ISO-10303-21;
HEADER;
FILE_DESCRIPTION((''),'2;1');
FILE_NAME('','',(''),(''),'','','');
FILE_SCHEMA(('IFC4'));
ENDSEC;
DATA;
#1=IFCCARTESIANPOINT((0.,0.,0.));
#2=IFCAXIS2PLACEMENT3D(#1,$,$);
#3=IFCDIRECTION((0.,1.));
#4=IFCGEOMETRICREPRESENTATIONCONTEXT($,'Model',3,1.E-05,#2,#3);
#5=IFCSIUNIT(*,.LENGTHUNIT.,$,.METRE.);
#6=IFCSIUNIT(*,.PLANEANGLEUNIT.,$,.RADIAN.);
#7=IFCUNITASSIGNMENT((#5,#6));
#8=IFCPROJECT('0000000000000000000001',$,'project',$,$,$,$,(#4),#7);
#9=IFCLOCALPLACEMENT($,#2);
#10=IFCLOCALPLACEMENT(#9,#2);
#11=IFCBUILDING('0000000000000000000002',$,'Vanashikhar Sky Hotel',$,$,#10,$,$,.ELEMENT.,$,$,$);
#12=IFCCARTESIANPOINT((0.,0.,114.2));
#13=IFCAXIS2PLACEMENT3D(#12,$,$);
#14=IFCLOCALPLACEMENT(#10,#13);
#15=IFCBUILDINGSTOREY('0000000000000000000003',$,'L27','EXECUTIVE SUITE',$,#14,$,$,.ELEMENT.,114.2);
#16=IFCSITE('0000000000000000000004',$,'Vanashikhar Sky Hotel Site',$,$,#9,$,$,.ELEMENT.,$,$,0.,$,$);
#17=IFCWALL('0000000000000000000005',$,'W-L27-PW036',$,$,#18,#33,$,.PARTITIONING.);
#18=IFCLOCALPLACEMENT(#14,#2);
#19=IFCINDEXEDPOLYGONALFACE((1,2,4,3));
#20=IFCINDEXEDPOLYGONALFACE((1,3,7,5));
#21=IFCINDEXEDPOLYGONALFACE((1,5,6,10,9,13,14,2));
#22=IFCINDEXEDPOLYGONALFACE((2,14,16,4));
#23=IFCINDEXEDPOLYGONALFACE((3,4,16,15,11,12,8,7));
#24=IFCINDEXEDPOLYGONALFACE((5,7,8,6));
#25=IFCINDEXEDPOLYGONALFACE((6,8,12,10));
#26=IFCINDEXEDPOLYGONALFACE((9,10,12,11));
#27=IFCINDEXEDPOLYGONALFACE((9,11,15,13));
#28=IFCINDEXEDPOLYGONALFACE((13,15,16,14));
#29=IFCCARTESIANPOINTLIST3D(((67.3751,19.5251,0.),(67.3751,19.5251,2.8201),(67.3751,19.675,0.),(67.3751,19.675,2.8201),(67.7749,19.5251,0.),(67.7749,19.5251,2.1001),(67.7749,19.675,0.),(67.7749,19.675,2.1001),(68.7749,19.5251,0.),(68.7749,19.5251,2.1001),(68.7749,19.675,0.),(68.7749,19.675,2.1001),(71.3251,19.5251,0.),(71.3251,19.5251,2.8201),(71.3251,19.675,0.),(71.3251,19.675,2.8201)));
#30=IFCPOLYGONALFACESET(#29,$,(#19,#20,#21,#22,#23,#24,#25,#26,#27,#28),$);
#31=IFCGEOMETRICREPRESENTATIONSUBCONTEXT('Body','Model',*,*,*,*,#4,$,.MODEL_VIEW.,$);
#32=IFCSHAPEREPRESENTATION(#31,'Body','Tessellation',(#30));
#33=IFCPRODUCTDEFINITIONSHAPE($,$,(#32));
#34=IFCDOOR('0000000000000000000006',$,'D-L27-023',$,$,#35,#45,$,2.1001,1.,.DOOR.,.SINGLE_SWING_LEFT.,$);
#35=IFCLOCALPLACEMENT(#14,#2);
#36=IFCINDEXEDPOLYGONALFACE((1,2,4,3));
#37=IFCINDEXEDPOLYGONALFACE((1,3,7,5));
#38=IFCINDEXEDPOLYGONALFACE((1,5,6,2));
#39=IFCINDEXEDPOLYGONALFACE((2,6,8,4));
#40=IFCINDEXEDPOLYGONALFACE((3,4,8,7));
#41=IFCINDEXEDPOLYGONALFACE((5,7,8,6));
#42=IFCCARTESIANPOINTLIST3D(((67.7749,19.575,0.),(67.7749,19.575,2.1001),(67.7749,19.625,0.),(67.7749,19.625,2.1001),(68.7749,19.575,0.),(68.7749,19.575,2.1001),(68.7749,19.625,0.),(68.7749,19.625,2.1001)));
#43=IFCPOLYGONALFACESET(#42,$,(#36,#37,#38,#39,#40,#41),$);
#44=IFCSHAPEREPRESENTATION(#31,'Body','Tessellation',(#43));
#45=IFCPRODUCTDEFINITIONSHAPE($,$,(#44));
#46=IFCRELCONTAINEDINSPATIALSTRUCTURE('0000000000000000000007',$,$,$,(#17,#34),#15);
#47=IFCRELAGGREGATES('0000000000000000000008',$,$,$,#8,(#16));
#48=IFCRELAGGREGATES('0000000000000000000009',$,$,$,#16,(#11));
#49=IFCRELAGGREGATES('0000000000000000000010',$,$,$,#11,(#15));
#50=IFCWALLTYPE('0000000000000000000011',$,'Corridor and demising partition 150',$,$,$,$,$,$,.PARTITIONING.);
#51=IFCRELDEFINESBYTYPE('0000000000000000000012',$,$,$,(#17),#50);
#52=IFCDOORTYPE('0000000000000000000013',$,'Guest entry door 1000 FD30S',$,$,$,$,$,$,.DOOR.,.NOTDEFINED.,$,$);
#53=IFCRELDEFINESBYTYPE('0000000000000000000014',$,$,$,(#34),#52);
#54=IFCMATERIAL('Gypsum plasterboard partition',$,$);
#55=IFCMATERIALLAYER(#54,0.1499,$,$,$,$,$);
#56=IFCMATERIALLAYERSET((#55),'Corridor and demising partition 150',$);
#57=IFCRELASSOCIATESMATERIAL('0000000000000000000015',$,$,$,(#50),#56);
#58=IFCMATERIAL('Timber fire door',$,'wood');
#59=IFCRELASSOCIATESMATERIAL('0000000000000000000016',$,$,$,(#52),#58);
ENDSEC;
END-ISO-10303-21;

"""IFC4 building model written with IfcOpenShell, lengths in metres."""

from ifc_helpers import new_model, si_unit, direction, frame, frame_2d, origin, place, context, subcontext, project, spatial, rectangle, extrude, source, transform, mapped, material, layer, layer_set, type_object, element, fill, save


model = new_model("IFC4")

# Units and contexts
model_context = context("Model", 3, precision=1e-05, world=origin(), true_north=direction((0.0, 1.0)))
body_context = subcontext(model_context, "Body", "Model", "MODEL_VIEW")
ifc_project = project(units=[si_unit("LENGTHUNIT", "METRE"), si_unit("PLANEANGLEUNIT", "RADIAN")], contexts=[model_context])

# Site, building, storey
site_placement = place(None, origin())
site = spatial("IfcSite", under=ifc_project, at=site_placement, Name="Vanashikhar Sky Hotel Site", CompositionType="ELEMENT", RefElevation=0.0)
building_placement = place(site_placement, origin())
building = spatial("IfcBuilding", under=site, at=building_placement, Name="Vanashikhar Sky Hotel", CompositionType="ELEMENT")
storey_placement = place(building_placement, frame((0.0, 0.0, 114.2)))
storey = spatial("IfcBuildingStorey", under=building, at=storey_placement, Name="L27", Description="EXECUTIVE SUITE", CompositionType="ELEMENT", Elevation=114.2)

# Wall, opening, door
ifc_material_1 = material(Name="Gypsum plasterboard partition")
ifc_layer_1 = layer(ifc_material_1, 0.1499)
ifc_layer_set_1 = layer_set([ifc_layer_1], Name="Corridor and demising partition 150")
wall_type_1 = type_object("IfcWallType", Name="Corridor and demising partition 150", PredefinedType="PARTITIONING", material=ifc_layer_set_1)
ifc_material_2 = material(Name="Timber fire door", Category="wood")
shared_shape_1 = source(origin(), body_context, "Body", "SweptSolid", [
    extrude(rectangle(XDim=3.95, YDim=0.1499, at=frame_2d((1.9751, 0.0))), origin(), (0.0, 0.0, 1.0), 2.8201),
])
wall_1_placement = place(storey_placement, frame((67.375, 19.6001, 0.0), z_axis=(0.0, 0.0, 1.0), x_axis=(1.0, 0.0, 0.0)))
wall_1 = element("IfcWall", 1, at=wall_1_placement, inside=storey, type_object=wall_type_1, Name="W-L27-PW036", PredefinedType="PARTITIONING", context=body_context, shape_type="MappedRepresentation", body=[
    mapped(shared_shape_1, transform((0.0, 0.0, 0.0), scale=1.0)),
])
shared_shape_2 = source(origin(), body_context, "Body", "SweptSolid", [
    extrude(rectangle(XDim=1.0, YDim=2.1001, at=frame_2d((0.5, 1.05))), frame((0.0, 0.085, 0.0), z_axis=(0.0, -1.0, 0.0), x_axis=(1.0, 0.0, 0.0)), (0.0, 0.0, 1.0), 0.1699),
])
opening_1_placement = place(wall_1_placement, frame((0.3999, 0.0, 0.0)))
opening_1 = element("IfcOpeningElement", 2, at=opening_1_placement, cuts=wall_1, PredefinedType="OPENING", context=body_context, shape_type="MappedRepresentation", body=[
    mapped(shared_shape_2, transform((0.0, 0.0, 0.0), scale=1.0)),
])
door_type_1 = type_object("IfcDoorType", Name="Guest entry door 1000 FD30S", OperationType="NOTDEFINED", PredefinedType="DOOR", material=ifc_material_2)
shared_shape_3 = source(origin(), body_context, "Body", "SweptSolid", [
    extrude(rectangle(XDim=1.0, YDim=2.1001, at=frame_2d((0.5, 1.05))), frame((0.0, 0.0249, 0.0), z_axis=(0.0, -1.0, 0.0), x_axis=(1.0, 0.0, 0.0)), (0.0, 0.0, 1.0), 0.05),
])
door_1_placement = place(opening_1_placement, origin())
door_1 = element("IfcDoor", 3, at=door_1_placement, inside=storey, type_object=door_type_1, Name="D-L27-023", OperationType="SINGLE_SWING_LEFT", OverallHeight=2.1001, OverallWidth=1.0, PredefinedType="DOOR", context=body_context, shape_type="MappedRepresentation", body=[
    mapped(shared_shape_3, transform((0.0, 0.0, 0.0), scale=1.0)),
])
fill(opening_1, door_1)

save(model, "model.ifc")
